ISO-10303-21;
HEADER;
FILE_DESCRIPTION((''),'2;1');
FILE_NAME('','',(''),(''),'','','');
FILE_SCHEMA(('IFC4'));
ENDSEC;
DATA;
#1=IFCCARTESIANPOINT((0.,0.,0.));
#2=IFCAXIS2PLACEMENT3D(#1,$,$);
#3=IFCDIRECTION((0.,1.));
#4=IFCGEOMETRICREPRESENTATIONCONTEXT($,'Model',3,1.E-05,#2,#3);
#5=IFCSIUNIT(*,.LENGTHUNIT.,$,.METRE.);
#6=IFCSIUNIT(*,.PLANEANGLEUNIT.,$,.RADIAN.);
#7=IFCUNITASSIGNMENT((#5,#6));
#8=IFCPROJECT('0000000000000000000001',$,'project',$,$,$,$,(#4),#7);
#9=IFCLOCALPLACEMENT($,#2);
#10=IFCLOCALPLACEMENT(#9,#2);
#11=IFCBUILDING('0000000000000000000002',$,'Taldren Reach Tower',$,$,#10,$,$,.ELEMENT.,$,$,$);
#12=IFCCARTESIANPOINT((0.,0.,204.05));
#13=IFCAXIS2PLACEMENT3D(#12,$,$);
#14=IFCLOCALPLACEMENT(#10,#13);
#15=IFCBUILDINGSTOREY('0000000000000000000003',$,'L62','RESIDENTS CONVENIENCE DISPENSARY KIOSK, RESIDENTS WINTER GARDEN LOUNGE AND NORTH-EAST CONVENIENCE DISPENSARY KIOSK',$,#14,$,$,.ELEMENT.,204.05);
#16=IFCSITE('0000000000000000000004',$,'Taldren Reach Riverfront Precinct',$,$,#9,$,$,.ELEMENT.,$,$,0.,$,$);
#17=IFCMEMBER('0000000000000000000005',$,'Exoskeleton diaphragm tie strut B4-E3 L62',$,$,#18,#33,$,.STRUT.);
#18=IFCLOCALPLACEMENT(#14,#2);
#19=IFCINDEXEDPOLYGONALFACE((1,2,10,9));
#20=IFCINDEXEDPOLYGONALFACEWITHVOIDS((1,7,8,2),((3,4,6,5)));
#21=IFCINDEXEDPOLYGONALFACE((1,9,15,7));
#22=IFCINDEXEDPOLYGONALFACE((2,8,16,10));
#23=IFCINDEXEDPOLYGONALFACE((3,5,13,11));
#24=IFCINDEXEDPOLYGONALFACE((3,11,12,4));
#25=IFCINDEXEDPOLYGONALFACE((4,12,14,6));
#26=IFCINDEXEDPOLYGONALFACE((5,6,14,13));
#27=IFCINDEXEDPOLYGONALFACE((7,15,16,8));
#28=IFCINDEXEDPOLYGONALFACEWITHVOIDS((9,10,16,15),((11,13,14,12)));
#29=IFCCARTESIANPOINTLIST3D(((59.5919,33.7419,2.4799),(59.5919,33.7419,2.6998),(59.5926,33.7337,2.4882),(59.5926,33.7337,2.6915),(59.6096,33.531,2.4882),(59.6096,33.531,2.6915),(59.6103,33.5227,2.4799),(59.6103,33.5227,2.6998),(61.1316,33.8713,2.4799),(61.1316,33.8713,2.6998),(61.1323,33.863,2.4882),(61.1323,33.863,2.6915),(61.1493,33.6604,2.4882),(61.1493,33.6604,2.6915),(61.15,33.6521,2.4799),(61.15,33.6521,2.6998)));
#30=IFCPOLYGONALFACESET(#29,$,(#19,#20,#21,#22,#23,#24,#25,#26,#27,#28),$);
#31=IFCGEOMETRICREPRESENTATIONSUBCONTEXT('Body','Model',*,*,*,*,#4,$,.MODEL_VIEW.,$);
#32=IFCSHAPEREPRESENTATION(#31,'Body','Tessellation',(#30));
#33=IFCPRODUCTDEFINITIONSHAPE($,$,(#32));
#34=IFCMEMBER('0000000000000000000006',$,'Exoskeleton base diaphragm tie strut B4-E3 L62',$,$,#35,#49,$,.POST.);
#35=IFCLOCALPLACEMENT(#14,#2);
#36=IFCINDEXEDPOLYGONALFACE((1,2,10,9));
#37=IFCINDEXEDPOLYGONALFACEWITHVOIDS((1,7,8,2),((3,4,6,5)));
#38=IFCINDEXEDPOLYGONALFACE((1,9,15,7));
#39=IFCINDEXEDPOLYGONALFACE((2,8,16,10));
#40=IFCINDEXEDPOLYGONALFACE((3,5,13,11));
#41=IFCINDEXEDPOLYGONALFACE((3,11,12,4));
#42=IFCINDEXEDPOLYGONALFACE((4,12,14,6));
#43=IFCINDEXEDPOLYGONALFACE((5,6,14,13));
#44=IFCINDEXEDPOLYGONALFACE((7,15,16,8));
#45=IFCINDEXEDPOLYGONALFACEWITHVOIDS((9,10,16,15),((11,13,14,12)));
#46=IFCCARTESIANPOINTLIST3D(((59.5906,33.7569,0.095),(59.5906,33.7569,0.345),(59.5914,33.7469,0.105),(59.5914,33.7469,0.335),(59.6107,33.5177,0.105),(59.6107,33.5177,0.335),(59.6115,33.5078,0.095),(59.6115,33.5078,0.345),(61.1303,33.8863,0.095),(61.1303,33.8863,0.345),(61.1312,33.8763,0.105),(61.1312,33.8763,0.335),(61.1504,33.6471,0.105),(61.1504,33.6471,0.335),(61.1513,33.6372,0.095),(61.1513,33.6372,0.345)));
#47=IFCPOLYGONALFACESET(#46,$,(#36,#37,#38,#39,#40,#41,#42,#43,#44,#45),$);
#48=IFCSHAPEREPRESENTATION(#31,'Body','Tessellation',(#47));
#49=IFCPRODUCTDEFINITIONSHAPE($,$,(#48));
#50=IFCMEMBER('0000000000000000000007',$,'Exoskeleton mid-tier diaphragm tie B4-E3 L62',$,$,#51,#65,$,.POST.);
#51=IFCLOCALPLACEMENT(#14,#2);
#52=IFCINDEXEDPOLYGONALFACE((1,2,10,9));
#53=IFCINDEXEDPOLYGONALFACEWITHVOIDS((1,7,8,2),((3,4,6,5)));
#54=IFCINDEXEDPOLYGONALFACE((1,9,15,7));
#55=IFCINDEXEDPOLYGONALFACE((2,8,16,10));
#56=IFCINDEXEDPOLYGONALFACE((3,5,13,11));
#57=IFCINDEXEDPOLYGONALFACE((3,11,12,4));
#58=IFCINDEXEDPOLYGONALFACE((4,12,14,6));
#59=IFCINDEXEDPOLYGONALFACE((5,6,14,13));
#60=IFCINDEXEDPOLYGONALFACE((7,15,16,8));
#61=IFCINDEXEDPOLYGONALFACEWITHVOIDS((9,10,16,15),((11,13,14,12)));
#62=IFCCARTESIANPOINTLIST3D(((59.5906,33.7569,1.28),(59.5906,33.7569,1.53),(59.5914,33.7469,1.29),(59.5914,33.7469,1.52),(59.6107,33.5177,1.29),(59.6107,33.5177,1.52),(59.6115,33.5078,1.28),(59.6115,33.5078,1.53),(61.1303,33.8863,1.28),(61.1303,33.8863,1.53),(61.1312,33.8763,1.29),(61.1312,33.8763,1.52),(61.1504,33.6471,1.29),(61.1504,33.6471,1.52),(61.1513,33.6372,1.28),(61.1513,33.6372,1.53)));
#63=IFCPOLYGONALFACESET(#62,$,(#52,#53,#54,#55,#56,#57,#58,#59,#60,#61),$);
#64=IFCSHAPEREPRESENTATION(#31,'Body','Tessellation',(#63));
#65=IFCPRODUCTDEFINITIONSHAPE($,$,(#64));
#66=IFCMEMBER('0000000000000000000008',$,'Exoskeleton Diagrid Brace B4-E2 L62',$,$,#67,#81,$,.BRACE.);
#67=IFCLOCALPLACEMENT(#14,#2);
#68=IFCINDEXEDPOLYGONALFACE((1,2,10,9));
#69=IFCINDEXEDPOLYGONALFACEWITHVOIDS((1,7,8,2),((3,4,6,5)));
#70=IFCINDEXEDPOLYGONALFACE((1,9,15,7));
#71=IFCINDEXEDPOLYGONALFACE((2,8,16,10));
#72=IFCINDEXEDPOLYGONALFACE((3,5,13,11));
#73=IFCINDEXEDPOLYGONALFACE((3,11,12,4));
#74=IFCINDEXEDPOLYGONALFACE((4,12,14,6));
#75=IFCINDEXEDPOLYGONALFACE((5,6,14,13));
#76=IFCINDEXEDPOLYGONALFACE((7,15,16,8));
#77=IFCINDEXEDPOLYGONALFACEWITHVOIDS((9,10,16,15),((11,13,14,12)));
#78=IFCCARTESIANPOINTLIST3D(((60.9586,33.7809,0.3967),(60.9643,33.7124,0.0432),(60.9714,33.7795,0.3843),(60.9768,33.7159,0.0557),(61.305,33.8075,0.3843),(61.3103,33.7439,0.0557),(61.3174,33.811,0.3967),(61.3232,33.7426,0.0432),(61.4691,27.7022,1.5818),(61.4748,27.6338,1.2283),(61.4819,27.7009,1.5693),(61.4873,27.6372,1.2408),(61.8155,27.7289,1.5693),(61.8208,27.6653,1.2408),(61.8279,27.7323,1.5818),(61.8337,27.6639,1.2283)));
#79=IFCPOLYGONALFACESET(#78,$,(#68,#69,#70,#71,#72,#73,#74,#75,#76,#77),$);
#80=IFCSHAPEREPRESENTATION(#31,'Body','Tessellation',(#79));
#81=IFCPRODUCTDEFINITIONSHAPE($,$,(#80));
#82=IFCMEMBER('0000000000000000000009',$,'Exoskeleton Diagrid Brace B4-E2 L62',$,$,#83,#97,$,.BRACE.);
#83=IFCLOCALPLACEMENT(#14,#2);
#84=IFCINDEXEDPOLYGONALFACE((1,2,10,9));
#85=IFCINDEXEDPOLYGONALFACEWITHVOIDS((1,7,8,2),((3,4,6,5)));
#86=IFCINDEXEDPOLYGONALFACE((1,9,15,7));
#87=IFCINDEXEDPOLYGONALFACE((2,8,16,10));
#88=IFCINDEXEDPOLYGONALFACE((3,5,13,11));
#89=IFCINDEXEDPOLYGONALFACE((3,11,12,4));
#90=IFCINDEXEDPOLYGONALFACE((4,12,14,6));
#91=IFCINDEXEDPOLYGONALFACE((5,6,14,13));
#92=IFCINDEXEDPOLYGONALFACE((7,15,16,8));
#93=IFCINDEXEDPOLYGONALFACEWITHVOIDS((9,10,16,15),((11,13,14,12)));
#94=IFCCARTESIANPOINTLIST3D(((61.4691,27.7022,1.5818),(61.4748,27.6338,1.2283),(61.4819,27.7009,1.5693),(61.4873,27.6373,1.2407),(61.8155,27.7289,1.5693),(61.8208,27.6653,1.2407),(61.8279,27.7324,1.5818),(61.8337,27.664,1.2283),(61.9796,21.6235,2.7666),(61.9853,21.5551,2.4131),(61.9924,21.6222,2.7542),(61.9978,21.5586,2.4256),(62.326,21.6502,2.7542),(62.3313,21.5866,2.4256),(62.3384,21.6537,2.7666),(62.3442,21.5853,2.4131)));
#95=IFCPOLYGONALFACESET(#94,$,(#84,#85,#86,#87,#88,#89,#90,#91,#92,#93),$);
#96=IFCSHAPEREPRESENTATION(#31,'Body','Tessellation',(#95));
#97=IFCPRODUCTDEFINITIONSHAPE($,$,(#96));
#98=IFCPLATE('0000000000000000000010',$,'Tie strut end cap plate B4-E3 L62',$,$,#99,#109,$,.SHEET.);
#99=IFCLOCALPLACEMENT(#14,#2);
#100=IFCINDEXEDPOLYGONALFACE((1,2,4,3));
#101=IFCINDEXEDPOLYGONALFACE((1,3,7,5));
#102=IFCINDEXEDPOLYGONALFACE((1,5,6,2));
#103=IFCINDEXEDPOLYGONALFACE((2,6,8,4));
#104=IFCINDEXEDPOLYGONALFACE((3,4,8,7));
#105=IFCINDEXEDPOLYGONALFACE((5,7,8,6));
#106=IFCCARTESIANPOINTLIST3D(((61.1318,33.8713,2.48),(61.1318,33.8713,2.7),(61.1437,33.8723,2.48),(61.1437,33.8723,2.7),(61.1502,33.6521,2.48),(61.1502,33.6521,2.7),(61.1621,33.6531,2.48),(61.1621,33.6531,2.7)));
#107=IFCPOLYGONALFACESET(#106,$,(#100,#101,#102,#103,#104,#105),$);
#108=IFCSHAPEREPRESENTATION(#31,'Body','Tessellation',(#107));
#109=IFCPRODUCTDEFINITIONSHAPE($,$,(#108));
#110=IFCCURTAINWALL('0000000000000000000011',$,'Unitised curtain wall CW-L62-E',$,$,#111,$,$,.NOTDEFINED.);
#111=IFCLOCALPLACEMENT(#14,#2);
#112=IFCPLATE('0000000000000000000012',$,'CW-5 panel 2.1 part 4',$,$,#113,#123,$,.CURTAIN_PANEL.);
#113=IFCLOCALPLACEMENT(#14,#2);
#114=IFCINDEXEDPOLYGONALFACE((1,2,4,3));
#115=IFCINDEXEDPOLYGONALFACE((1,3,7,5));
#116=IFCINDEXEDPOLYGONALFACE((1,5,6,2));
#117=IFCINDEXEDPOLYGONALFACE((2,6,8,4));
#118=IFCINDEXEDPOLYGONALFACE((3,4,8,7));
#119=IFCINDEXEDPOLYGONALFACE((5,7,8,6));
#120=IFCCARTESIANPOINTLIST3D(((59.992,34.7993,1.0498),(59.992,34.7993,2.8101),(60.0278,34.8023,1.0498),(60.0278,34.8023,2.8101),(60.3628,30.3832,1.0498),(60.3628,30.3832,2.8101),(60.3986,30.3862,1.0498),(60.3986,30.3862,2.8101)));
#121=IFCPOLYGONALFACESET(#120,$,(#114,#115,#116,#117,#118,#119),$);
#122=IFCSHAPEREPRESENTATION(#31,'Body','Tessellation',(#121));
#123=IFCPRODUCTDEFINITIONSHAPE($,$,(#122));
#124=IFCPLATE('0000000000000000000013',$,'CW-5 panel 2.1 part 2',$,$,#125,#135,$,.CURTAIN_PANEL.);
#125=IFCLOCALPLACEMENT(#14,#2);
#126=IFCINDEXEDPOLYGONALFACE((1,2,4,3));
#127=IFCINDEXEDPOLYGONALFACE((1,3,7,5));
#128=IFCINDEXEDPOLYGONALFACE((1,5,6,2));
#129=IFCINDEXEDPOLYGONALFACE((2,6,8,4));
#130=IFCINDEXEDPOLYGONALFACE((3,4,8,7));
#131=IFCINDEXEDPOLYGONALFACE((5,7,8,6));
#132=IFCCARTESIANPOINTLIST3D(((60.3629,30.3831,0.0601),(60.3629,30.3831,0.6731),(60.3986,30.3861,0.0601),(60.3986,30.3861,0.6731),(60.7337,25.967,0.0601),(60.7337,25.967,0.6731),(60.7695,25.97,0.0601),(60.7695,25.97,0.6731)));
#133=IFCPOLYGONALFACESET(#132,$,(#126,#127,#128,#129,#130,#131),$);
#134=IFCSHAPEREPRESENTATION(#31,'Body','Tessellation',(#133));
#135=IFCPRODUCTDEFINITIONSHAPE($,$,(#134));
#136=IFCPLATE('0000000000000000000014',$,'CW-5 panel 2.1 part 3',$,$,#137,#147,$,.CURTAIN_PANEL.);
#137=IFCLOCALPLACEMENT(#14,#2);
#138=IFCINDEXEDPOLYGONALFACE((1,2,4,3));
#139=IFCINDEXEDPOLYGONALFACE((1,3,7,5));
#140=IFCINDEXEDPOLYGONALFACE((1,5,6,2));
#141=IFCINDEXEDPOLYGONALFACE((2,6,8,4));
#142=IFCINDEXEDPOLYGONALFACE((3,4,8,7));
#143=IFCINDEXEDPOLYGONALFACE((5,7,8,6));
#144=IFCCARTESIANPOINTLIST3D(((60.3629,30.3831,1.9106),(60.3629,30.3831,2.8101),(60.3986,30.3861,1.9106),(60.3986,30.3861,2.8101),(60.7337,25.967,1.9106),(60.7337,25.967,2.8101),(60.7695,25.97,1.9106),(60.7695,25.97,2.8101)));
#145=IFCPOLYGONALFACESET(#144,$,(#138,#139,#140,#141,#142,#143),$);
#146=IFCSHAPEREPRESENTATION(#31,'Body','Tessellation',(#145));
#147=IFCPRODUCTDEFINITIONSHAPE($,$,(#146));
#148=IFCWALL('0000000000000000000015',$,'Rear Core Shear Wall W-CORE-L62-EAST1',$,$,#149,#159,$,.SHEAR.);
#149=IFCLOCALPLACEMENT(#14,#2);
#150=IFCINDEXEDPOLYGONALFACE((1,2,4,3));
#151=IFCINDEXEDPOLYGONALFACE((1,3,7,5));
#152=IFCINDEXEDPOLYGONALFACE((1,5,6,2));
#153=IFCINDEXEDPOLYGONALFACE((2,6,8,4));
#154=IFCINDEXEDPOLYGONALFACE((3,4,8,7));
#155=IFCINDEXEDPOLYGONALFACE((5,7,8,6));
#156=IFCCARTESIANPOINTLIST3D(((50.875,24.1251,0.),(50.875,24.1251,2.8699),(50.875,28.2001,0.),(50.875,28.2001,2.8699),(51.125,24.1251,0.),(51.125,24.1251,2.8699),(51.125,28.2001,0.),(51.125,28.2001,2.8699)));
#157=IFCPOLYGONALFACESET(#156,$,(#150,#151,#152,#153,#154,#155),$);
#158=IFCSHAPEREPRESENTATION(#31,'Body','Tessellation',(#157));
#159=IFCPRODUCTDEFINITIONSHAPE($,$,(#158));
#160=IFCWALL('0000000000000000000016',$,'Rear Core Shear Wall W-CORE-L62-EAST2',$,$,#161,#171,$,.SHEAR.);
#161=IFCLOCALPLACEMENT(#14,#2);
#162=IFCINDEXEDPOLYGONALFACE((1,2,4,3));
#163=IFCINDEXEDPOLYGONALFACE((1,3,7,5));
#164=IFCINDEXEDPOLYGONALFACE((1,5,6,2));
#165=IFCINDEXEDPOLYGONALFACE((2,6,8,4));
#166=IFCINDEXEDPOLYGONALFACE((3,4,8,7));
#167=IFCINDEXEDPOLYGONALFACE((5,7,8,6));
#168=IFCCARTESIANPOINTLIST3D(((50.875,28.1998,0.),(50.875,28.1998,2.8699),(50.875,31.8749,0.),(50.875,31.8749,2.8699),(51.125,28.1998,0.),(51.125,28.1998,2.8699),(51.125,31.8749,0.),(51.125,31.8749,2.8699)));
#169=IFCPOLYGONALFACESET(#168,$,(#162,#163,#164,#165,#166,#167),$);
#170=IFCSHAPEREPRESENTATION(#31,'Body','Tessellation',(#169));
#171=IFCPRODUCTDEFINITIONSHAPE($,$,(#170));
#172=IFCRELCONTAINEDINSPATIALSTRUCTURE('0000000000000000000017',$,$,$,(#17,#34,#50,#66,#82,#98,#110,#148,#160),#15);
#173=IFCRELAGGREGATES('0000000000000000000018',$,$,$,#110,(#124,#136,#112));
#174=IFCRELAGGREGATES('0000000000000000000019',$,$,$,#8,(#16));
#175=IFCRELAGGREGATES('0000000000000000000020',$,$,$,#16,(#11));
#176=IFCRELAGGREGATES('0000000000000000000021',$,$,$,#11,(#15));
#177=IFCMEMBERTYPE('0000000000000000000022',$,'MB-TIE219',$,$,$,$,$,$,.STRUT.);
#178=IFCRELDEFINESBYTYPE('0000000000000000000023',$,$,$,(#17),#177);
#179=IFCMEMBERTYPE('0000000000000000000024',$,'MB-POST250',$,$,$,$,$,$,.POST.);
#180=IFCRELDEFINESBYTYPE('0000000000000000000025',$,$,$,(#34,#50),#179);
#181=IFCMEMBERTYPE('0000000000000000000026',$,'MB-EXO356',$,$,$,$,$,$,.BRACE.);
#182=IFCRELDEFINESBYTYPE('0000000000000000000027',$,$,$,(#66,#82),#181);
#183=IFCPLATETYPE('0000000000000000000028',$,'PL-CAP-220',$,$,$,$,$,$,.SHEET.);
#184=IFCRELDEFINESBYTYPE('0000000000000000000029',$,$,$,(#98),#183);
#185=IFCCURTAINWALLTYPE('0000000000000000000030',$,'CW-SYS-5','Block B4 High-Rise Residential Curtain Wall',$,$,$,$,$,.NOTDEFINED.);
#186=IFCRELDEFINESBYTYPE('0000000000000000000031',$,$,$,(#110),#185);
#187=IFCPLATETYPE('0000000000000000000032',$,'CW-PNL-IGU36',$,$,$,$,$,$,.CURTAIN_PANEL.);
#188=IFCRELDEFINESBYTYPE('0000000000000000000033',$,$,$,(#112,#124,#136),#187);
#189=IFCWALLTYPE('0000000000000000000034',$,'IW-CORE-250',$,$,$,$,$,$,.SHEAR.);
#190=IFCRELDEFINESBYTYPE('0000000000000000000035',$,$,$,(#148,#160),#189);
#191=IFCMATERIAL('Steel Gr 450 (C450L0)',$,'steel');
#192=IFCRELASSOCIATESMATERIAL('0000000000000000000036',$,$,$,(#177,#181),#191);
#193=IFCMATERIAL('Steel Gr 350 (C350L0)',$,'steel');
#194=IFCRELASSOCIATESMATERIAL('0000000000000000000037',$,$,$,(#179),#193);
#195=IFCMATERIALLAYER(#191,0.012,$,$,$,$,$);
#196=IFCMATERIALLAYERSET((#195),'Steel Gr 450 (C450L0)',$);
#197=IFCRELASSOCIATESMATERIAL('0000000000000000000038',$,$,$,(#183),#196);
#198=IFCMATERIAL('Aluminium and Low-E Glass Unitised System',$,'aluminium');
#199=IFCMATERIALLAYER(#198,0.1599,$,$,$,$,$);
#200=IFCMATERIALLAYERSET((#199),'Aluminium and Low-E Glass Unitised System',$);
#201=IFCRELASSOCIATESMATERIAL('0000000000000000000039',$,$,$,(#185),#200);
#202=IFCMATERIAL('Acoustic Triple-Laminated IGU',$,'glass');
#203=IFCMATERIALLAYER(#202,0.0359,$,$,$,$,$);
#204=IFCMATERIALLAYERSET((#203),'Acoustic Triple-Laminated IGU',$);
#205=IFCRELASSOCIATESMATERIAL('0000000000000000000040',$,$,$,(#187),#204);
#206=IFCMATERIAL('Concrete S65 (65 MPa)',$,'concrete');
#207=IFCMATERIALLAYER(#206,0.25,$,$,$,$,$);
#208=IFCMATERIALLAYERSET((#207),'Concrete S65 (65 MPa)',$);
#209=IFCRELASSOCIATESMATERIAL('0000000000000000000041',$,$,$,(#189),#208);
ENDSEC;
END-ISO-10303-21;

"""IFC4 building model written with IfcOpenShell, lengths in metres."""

from ifc_helpers import new_model, si_unit, direction, frame, frame_2d, origin, origin_2d, place, context, subcontext, project, spatial, rectangle, hollow_rectangle, extrude, source, transform, mapped, material, layer, layer_set, material_profile, profile_set, type_object, element, aggregate, save


model = new_model("IFC4")

# Units and contexts
model_context = context("Model", 3, precision=1e-05, world=origin(), true_north=direction((0.0, 1.0)))
body_context = subcontext(model_context, "Body", "Model", "MODEL_VIEW")
ifc_project = project(units=[si_unit("LENGTHUNIT", "METRE"), si_unit("PLANEANGLEUNIT", "RADIAN")], contexts=[model_context])

# Site, building, storey
site_placement = place(None, origin())
site = spatial("IfcSite", under=ifc_project, at=site_placement, Name="Taldren Reach Riverfront Precinct", CompositionType="ELEMENT", RefElevation=0.0)
building_placement = place(site_placement, origin())
building = spatial("IfcBuilding", under=site, at=building_placement, Name="Taldren Reach Tower", CompositionType="ELEMENT")
storey_placement = place(building_placement, frame((0.0, 0.0, 204.05)))
storey = spatial("IfcBuildingStorey", under=building, at=storey_placement, Name="L62", Description="RESIDENTS CONVENIENCE DISPENSARY KIOSK, RESIDENTS WINTER GARDEN LOUNGE AND NORTH-EAST CONVENIENCE DISPENSARY KIOSK", CompositionType="ELEMENT", Elevation=204.05)

# Shared definitions
ifc_material_1 = material(Name="Steel Gr 450 (C450L0)", Category="steel")

# Members
ifc_material_profile_1 = material_profile(ifc_material_1, hollow_rectangle(XDim=0.22, YDim=0.22, WallThickness=0.0083, at=origin_2d()), Name="220x220x8.2SHS")
ifc_profile_set_1 = profile_set([ifc_material_profile_1], Name="Steel Gr 450 (C450L0)")
member_type_1 = type_object("IfcMemberType", Name="MB-TIE219", PredefinedType="STRUT", material=ifc_profile_set_1)
shared_shape_1 = source(origin(), body_context, "Body", "SweptSolid", [
    extrude(hollow_rectangle(XDim=0.22, YDim=0.22, WallThickness=0.0083, at=origin_2d()), origin(), (0.0, 0.0, 1.0), 1.5452),
])
member_placement = place(storey_placement, frame((59.6011, 33.6323, 2.5898), z_axis=(0.996488, 0.083738, 0.0), x_axis=(-0.083738, 0.996488, 0.0)))
element("IfcMember", 1, at=member_placement, inside=storey, type_object=member_type_1, Name="Exoskeleton diaphragm tie strut B4-E3 L62", PredefinedType="STRUT", context=body_context, shape_type="MappedRepresentation", body=[
    mapped(shared_shape_1, transform((0.0, 0.0, 0.0), scale=1.0)),
])
ifc_material_2 = material(Name="Steel Gr 350 (C350L0)", Category="steel")
ifc_material_profile_2 = material_profile(ifc_material_2, hollow_rectangle(XDim=0.25, YDim=0.25, WallThickness=0.01, at=origin_2d()), Name="250x250x10.0SHS")
ifc_profile_set_2 = profile_set([ifc_material_profile_2], Name="Steel Gr 350 (C350L0)")
member_type_2 = type_object("IfcMemberType", Name="MB-POST250", PredefinedType="POST", material=ifc_profile_set_2)
shared_shape_2 = source(origin(), body_context, "Body", "SweptSolid", [
    extrude(hollow_rectangle(XDim=0.25, YDim=0.25, WallThickness=0.01, at=origin_2d()), origin(), (0.0, 0.0, 1.0), 1.5452),
])
for number, where, z_axis, x_axis, name in (
    (2, (59.6011, 33.6323, 0.22), (0.996488, 0.083738, 0.0), (-0.083738, 0.996488, 0.0), "Exoskeleton base diaphragm tie strut B4-E3 L62"),
    (3, (59.6011, 33.6323, 1.405), (0.996488, 0.083738, 0.0), (-0.083738, 0.996488, 0.0), "Exoskeleton mid-tier diaphragm tie B4-E3 L62"),
):
    element("IfcMember", number, at=place(storey_placement, frame(where, z_axis=z_axis, x_axis=x_axis)), inside=storey, type_object=member_type_2, Name=name, PredefinedType="POST", context=body_context, shape_type="MappedRepresentation", body=[
        mapped(shared_shape_2, transform((0.0, 0.0, 0.0), scale=1.0)),
    ])
ifc_material_profile_3 = material_profile(ifc_material_1, hollow_rectangle(XDim=0.3601, YDim=0.3601, WallThickness=0.0127, at=origin_2d()), Name="360x360x12.7SHS")
ifc_profile_set_3 = profile_set([ifc_material_profile_3], Name="Steel Gr 450 (C450L0)")
member_type_3 = type_object("IfcMemberType", Name="MB-EXO356", PredefinedType="BRACE", material=ifc_profile_set_3)
shared_shape_3 = source(origin(), body_context, "Body", "SweptSolid", [
    extrude(hollow_rectangle(XDim=0.3601, YDim=0.3601, WallThickness=0.0127, at=origin_2d()), origin(), (0.0, 0.0, 1.0), 6.2141),
])
for number, where, z_axis, x_axis, name in (
    (4, (61.1409, 33.7617, 0.22), (0.082152, -0.978204, 0.190706), (0.996492, 0.083688, 0.0), "Exoskeleton Diagrid Brace B4-E2 L62"),
    (5, (61.6514, 27.6831, 1.405), (0.082153, -0.978211, 0.190668), (0.996492, 0.083688, 0.0), "Exoskeleton Diagrid Brace B4-E2 L62"),
):
    element("IfcMember", number, at=place(storey_placement, frame(where, z_axis=z_axis, x_axis=x_axis)), inside=storey, type_object=member_type_3, Name=name, PredefinedType="BRACE", context=body_context, shape_type="MappedRepresentation", body=[
        mapped(shared_shape_3, transform((0.0, 0.0, 0.0), scale=1.0)),
    ])

# Plate
ifc_layer_1 = layer(ifc_material_1, 0.012)
ifc_layer_set_1 = layer_set([ifc_layer_1], Name="Steel Gr 450 (C450L0)")
plate_type_1 = type_object("IfcPlateType", Name="PL-CAP-220", PredefinedType="SHEET", material=ifc_layer_set_1)
shared_shape_4 = source(origin(), body_context, "Body", "SweptSolid", [
    extrude(rectangle(XDim=0.012, YDim=0.22, at=origin_2d()), origin(), (0.0, 0.0, 1.0), 0.22),
])
plate_1_placement = place(storey_placement, frame((61.147, 33.7622, 2.48), z_axis=(0.0, 0.0, 1.0), x_axis=(0.996493, 0.083678, 0.0)))
element("IfcPlate", 6, at=plate_1_placement, inside=storey, type_object=plate_type_1, Name="Tie strut end cap plate B4-E3 L62", PredefinedType="SHEET", context=body_context, shape_type="MappedRepresentation", body=[
    mapped(shared_shape_4, transform((0.0, 0.0, 0.0), scale=1.0)),
])

# Curtain wall, plates
ifc_material_3 = material(Name="Aluminium and Low-E Glass Unitised System", Category="aluminium")
ifc_layer_2 = layer(ifc_material_3, 0.1599)
ifc_layer_set_2 = layer_set([ifc_layer_2], Name="Aluminium and Low-E Glass Unitised System")
curtain_wall_type = type_object("IfcCurtainWallType", Name="CW-SYS-5", Description="Block B4 High-Rise Residential Curtain Wall", PredefinedType="NOTDEFINED", material=ifc_layer_set_2)
curtain_wall_placement = place(storey_placement, origin())
curtain_wall = element("IfcCurtainWall", 7, at=curtain_wall_placement, inside=storey, type_object=curtain_wall_type, Name="Unitised curtain wall CW-L62-E", PredefinedType="NOTDEFINED")
ifc_material_4 = material(Name="Acoustic Triple-Laminated IGU", Category="glass")
ifc_layer_3 = layer(ifc_material_4, 0.0359)
ifc_layer_set_3 = layer_set([ifc_layer_3], Name="Acoustic Triple-Laminated IGU")
plate_type_2 = type_object("IfcPlateType", Name="CW-PNL-IGU36", PredefinedType="CURTAIN_PANEL", material=ifc_layer_set_3)
shared_shape_5 = source(origin(), body_context, "Body", "SweptSolid", [
    extrude(rectangle(XDim=4.4316, YDim=0.0359, at=origin_2d()), origin(), (0.0, 0.0, 1.0), 1.7603),
])
plate_2_placement = place(storey_placement, frame((60.1953, 32.5928, 1.0498), z_axis=(0.0, 0.0, 1.0), x_axis=(-0.083678, 0.996493, 0.0)))
plate_2 = element("IfcPlate", 8, at=plate_2_placement, type_object=plate_type_2, Name="CW-5 panel 2.1 part 4", PredefinedType="CURTAIN_PANEL", context=body_context, shape_type="MappedRepresentation", body=[
    mapped(shared_shape_5, transform((0.0, 0.0, 0.0), scale=1.0)),
])
shared_shape_6 = source(origin(), body_context, "Body", "SweptSolid", [
    extrude(rectangle(XDim=4.4316, YDim=0.0359, at=origin_2d()), origin(), (0.0, 0.0, 1.0), 0.613),
])
plate_3_placement = place(storey_placement, frame((60.5662, 28.1765, 0.0601), z_axis=(0.0, 0.0, 1.0), x_axis=(-0.083678, 0.996493, 0.0)))
plate_3 = element("IfcPlate", 9, at=plate_3_placement, type_object=plate_type_2, Name="CW-5 panel 2.1 part 2", PredefinedType="CURTAIN_PANEL", context=body_context, shape_type="MappedRepresentation", body=[
    mapped(shared_shape_6, transform((0.0, 0.0, 0.0), scale=1.0)),
])
shared_shape_7 = source(origin(), body_context, "Body", "SweptSolid", [
    extrude(rectangle(XDim=4.4316, YDim=0.0359, at=origin_2d()), origin(), (0.0, 0.0, 1.0), 0.8994),
])
plate_4_placement = place(storey_placement, frame((60.5662, 28.1765, 1.9106), z_axis=(0.0, 0.0, 1.0), x_axis=(-0.083678, 0.996493, 0.0)))
plate_4 = element("IfcPlate", 10, at=plate_4_placement, type_object=plate_type_2, Name="CW-5 panel 2.1 part 3", PredefinedType="CURTAIN_PANEL", context=body_context, shape_type="MappedRepresentation", body=[
    mapped(shared_shape_7, transform((0.0, 0.0, 0.0), scale=1.0)),
])
aggregate(curtain_wall, [plate_3, plate_4, plate_2])

# Walls
ifc_material_5 = material(Name="Concrete S65 (65 MPa)", Category="concrete")
ifc_layer_4 = layer(ifc_material_5, 0.25)
ifc_layer_set_4 = layer_set([ifc_layer_4], Name="Concrete S65 (65 MPa)")
wall_type_1 = type_object("IfcWallType", Name="IW-CORE-250", PredefinedType="SHEAR", material=ifc_layer_set_4)
shared_shape_8 = source(origin(), body_context, "Body", "SweptSolid", [
    extrude(rectangle(XDim=4.075, YDim=0.25, at=frame_2d((2.0376, 0.0))), origin(), (0.0, 0.0, 1.0), 2.8699),
])
wall_1_placement = place(storey_placement, frame((51.0, 24.125, 0.0), z_axis=(0.0, 0.0, 1.0), x_axis=(0.0, 1.0, 0.0)))
element("IfcWall", 11, at=wall_1_placement, inside=storey, type_object=wall_type_1, Name="Rear Core Shear Wall W-CORE-L62-EAST1", PredefinedType="SHEAR", context=body_context, shape_type="MappedRepresentation", body=[
    mapped(shared_shape_8, transform((0.0, 0.0, 0.0), scale=1.0)),
])
shared_shape_9 = source(origin(), body_context, "Body", "SweptSolid", [
    extrude(rectangle(XDim=3.675, YDim=0.25, at=frame_2d((1.8374, 0.0))), origin(), (0.0, 0.0, 1.0), 2.8699),
])
wall_2_placement = place(storey_placement, frame((51.0, 28.2, 0.0), z_axis=(0.0, 0.0, 1.0), x_axis=(0.0, 1.0, 0.0)))
element("IfcWall", 12, at=wall_2_placement, inside=storey, type_object=wall_type_1, Name="Rear Core Shear Wall W-CORE-L62-EAST2", PredefinedType="SHEAR", context=body_context, shape_type="MappedRepresentation", body=[
    mapped(shared_shape_9, transform((0.0, 0.0, 0.0), scale=1.0)),
])

save(model, "model.ifc")
